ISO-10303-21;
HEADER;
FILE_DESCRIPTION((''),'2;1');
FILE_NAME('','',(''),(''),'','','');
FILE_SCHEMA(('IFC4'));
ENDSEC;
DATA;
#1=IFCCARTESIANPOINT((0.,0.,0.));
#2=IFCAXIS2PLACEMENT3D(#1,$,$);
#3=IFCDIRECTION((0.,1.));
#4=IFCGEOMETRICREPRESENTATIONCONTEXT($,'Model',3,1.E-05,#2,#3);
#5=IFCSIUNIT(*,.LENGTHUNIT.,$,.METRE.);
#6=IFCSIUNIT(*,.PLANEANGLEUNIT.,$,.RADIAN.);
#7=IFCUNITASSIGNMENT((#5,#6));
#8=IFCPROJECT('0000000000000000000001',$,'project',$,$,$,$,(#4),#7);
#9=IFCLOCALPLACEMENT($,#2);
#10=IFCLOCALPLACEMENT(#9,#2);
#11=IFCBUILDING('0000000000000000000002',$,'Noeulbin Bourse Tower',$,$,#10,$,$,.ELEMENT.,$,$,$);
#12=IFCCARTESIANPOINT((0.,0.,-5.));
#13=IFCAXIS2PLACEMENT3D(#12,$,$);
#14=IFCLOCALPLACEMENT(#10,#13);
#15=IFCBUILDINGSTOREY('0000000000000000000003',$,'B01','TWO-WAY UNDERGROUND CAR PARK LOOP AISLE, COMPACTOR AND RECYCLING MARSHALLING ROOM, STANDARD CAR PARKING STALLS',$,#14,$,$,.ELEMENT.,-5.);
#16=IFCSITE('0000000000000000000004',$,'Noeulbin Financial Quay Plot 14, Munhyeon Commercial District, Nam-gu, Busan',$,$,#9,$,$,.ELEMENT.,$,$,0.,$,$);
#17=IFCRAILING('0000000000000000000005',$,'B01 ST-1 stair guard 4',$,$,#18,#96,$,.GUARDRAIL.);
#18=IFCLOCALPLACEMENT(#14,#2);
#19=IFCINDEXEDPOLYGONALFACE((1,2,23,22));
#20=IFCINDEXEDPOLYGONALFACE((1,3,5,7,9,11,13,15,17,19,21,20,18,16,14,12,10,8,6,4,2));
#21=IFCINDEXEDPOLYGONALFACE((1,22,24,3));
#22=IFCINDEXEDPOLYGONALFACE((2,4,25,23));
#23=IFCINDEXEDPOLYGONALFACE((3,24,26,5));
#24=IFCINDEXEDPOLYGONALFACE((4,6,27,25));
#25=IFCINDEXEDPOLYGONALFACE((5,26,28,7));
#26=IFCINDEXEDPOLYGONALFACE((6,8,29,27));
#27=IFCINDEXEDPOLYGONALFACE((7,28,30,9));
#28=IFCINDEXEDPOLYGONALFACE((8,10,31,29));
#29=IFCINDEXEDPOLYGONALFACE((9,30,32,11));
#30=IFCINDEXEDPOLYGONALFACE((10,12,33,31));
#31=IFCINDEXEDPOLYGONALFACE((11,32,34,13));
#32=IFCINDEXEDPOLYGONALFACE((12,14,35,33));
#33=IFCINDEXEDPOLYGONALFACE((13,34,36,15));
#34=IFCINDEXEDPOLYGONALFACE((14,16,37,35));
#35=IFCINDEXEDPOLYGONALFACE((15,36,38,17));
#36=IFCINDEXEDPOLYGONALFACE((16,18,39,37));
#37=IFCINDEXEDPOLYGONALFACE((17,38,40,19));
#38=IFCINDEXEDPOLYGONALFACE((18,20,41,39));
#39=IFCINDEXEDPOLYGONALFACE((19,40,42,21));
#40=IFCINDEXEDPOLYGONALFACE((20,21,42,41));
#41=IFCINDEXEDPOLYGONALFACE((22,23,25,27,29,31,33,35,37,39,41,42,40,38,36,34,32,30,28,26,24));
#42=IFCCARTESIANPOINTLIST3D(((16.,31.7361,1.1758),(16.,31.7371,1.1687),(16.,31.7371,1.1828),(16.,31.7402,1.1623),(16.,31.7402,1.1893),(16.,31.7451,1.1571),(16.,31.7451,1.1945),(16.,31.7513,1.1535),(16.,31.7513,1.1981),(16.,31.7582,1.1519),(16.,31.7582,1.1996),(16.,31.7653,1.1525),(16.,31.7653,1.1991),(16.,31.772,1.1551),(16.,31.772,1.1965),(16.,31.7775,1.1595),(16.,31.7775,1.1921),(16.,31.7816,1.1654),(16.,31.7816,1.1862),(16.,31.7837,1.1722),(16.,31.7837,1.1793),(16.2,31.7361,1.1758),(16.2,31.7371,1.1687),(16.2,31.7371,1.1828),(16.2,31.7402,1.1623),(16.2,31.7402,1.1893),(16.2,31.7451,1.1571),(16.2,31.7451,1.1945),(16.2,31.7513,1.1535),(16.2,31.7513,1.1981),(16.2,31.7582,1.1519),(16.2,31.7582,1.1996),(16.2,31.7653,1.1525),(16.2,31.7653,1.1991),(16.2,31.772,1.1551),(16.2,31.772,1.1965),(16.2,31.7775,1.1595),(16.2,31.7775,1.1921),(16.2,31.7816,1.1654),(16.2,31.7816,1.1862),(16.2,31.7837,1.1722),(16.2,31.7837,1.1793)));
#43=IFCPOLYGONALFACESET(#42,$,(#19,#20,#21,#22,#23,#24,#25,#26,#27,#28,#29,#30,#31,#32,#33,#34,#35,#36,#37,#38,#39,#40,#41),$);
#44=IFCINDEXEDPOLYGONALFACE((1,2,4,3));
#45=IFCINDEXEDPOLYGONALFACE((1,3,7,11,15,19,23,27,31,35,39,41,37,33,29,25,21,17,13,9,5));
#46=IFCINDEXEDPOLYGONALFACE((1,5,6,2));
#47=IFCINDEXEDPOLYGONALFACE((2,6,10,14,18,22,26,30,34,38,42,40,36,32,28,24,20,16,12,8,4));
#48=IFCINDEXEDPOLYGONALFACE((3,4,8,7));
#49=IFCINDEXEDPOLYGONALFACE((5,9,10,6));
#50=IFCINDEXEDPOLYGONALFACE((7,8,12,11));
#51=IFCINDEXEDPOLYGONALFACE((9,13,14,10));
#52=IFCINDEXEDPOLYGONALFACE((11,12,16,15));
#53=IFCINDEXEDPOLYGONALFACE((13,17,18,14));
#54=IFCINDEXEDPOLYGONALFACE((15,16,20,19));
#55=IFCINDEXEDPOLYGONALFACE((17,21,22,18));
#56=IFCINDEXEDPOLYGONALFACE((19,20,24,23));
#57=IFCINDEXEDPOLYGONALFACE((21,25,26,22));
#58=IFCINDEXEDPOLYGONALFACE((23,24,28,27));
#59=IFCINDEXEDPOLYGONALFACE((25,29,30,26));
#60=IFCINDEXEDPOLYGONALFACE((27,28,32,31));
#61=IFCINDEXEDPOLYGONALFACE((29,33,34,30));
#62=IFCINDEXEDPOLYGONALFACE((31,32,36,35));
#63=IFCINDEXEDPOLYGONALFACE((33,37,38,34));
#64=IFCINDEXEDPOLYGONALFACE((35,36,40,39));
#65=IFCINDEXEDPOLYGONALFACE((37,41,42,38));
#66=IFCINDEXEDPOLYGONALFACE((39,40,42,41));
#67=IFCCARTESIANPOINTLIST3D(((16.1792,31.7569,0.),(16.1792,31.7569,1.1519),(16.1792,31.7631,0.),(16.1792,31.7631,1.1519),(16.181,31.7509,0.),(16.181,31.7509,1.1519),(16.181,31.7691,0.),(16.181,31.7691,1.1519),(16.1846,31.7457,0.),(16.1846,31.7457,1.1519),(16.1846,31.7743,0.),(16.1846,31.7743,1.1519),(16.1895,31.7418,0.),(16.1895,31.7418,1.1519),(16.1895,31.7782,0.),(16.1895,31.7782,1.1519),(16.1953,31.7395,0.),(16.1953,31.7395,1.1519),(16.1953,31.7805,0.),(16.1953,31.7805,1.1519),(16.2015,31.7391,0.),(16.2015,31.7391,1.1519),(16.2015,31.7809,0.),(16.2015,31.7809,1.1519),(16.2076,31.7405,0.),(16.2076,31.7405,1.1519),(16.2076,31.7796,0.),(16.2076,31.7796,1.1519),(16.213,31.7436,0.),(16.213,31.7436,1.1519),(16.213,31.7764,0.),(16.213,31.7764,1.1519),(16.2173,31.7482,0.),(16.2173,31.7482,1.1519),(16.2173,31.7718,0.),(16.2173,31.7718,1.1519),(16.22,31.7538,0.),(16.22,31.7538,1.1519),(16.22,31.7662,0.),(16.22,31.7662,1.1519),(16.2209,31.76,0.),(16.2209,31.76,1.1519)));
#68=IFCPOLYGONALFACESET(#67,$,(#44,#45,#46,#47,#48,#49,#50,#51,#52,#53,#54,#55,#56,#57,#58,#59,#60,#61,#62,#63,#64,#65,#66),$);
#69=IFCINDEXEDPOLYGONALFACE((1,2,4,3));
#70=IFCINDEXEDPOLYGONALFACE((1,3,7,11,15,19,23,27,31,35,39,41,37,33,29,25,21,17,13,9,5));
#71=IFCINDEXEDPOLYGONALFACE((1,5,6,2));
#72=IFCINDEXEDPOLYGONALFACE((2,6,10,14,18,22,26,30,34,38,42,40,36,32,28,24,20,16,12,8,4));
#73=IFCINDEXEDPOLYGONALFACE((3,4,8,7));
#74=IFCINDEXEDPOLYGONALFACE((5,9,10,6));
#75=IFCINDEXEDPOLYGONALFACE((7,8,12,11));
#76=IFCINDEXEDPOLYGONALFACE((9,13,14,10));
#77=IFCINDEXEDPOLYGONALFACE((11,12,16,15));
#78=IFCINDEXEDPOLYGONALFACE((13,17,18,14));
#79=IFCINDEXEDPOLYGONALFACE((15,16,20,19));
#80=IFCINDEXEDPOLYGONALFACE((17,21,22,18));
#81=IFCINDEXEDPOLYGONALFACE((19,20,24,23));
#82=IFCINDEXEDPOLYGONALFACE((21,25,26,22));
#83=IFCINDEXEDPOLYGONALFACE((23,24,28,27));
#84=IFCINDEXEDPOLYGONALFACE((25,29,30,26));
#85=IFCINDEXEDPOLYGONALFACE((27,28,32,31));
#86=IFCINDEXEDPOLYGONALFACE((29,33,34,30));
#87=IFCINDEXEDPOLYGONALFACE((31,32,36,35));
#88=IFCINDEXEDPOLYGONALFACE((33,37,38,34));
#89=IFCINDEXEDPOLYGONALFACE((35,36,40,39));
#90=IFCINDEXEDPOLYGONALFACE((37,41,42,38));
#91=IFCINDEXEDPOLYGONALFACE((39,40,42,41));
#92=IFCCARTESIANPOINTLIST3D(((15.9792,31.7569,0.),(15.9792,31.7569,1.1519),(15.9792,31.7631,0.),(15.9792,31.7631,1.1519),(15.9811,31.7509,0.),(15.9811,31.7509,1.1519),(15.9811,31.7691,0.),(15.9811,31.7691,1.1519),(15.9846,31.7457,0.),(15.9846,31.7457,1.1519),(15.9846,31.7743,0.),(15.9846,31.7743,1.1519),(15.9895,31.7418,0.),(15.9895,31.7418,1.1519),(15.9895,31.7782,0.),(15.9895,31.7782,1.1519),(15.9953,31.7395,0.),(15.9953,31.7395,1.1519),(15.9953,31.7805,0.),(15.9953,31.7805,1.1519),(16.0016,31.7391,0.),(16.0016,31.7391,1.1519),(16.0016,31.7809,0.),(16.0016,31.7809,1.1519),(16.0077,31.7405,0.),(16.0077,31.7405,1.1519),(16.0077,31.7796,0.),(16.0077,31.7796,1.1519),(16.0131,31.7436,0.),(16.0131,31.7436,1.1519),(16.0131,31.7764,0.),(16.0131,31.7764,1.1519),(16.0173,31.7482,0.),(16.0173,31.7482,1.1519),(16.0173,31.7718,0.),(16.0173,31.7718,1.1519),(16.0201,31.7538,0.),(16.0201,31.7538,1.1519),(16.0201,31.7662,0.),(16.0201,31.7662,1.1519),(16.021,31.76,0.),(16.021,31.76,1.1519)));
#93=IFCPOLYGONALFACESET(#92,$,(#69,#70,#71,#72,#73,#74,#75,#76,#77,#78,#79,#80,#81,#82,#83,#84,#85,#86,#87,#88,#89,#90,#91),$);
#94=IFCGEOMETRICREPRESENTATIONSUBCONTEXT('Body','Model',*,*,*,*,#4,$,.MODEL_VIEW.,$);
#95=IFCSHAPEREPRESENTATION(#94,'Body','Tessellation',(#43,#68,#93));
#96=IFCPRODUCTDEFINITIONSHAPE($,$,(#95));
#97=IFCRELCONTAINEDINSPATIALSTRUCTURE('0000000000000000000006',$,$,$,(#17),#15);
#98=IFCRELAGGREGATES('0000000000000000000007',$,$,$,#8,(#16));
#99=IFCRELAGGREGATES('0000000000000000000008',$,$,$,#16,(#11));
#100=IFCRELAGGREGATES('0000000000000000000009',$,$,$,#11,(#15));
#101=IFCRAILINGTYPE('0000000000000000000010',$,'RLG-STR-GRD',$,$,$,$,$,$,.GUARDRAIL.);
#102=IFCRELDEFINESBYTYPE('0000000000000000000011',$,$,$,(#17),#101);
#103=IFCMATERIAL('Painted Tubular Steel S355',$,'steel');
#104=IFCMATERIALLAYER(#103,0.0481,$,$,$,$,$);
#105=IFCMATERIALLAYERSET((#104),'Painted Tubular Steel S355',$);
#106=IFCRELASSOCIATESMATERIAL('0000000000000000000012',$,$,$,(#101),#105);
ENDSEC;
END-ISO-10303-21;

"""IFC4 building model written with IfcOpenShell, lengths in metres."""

from ifc_helpers import new_model, si_unit, direction, frame, origin, origin_2d, place, context, subcontext, project, spatial, circle, extrude, material, layer, layer_set, type_object, element, save


model = new_model("IFC4")

# Units and contexts
model_context = context("Model", 3, precision=1e-05, world=origin(), true_north=direction((0.0, 1.0)))
body_context = subcontext(model_context, "Body", "Model", "MODEL_VIEW")
ifc_project = project(units=[si_unit("LENGTHUNIT", "METRE"), si_unit("PLANEANGLEUNIT", "RADIAN")], contexts=[model_context])

# Site, building, storey
site_placement = place(None, origin())
site = spatial("IfcSite", under=ifc_project, at=site_placement, Name="Noeulbin Financial Quay Plot 14, Munhyeon Commercial District, Nam-gu, Busan", CompositionType="ELEMENT", RefElevation=0.0)
building_placement = place(site_placement, origin())
building = spatial("IfcBuilding", under=site, at=building_placement, Name="Noeulbin Bourse Tower", CompositionType="ELEMENT")
storey_placement = place(building_placement, frame((0.0, 0.0, -5.0)))
storey = spatial("IfcBuildingStorey", under=building, at=storey_placement, Name="B01", Description="TWO-WAY UNDERGROUND CAR PARK LOOP AISLE, COMPACTOR AND RECYCLING MARSHALLING ROOM, STANDARD CAR PARKING STALLS", CompositionType="ELEMENT", Elevation=-5.0)

# Railing
ifc_material_1 = material(Name="Painted Tubular Steel S355", Category="steel")
ifc_layer_1 = layer(ifc_material_1, 0.0481)
ifc_layer_set_1 = layer_set([ifc_layer_1], Name="Painted Tubular Steel S355")
railing_type_1 = type_object("IfcRailingType", Name="RLG-STR-GRD", PredefinedType="GUARDRAIL", material=ifc_layer_set_1)
railing_1_placement = place(storey_placement, frame((16.2, 31.76, 0.0)))
element("IfcRailing", 1, at=railing_1_placement, inside=storey, type_object=railing_type_1, Name="B01 ST-1 stair guard 4", PredefinedType="GUARDRAIL", context=body_context, shape_type="SweptSolid", body=[
    extrude(circle(Radius=0.0239, at=origin_2d()), frame((0.0, 0.0, 1.1758), z_axis=(-1.0, 0.0, 0.0), x_axis=(0.0, -1.0, 0.0)), (0.0, 0.0, 1.0), 0.2),
    extrude(circle(Radius=0.021, at=origin_2d()), origin(), (0.0, 0.0, 1.0), 1.1519),
    extrude(circle(Radius=0.021, at=origin_2d()), frame((-0.2, 0.0, 0.0)), (0.0, 0.0, 1.0), 1.1519),
])

save(model, "model.ifc")
